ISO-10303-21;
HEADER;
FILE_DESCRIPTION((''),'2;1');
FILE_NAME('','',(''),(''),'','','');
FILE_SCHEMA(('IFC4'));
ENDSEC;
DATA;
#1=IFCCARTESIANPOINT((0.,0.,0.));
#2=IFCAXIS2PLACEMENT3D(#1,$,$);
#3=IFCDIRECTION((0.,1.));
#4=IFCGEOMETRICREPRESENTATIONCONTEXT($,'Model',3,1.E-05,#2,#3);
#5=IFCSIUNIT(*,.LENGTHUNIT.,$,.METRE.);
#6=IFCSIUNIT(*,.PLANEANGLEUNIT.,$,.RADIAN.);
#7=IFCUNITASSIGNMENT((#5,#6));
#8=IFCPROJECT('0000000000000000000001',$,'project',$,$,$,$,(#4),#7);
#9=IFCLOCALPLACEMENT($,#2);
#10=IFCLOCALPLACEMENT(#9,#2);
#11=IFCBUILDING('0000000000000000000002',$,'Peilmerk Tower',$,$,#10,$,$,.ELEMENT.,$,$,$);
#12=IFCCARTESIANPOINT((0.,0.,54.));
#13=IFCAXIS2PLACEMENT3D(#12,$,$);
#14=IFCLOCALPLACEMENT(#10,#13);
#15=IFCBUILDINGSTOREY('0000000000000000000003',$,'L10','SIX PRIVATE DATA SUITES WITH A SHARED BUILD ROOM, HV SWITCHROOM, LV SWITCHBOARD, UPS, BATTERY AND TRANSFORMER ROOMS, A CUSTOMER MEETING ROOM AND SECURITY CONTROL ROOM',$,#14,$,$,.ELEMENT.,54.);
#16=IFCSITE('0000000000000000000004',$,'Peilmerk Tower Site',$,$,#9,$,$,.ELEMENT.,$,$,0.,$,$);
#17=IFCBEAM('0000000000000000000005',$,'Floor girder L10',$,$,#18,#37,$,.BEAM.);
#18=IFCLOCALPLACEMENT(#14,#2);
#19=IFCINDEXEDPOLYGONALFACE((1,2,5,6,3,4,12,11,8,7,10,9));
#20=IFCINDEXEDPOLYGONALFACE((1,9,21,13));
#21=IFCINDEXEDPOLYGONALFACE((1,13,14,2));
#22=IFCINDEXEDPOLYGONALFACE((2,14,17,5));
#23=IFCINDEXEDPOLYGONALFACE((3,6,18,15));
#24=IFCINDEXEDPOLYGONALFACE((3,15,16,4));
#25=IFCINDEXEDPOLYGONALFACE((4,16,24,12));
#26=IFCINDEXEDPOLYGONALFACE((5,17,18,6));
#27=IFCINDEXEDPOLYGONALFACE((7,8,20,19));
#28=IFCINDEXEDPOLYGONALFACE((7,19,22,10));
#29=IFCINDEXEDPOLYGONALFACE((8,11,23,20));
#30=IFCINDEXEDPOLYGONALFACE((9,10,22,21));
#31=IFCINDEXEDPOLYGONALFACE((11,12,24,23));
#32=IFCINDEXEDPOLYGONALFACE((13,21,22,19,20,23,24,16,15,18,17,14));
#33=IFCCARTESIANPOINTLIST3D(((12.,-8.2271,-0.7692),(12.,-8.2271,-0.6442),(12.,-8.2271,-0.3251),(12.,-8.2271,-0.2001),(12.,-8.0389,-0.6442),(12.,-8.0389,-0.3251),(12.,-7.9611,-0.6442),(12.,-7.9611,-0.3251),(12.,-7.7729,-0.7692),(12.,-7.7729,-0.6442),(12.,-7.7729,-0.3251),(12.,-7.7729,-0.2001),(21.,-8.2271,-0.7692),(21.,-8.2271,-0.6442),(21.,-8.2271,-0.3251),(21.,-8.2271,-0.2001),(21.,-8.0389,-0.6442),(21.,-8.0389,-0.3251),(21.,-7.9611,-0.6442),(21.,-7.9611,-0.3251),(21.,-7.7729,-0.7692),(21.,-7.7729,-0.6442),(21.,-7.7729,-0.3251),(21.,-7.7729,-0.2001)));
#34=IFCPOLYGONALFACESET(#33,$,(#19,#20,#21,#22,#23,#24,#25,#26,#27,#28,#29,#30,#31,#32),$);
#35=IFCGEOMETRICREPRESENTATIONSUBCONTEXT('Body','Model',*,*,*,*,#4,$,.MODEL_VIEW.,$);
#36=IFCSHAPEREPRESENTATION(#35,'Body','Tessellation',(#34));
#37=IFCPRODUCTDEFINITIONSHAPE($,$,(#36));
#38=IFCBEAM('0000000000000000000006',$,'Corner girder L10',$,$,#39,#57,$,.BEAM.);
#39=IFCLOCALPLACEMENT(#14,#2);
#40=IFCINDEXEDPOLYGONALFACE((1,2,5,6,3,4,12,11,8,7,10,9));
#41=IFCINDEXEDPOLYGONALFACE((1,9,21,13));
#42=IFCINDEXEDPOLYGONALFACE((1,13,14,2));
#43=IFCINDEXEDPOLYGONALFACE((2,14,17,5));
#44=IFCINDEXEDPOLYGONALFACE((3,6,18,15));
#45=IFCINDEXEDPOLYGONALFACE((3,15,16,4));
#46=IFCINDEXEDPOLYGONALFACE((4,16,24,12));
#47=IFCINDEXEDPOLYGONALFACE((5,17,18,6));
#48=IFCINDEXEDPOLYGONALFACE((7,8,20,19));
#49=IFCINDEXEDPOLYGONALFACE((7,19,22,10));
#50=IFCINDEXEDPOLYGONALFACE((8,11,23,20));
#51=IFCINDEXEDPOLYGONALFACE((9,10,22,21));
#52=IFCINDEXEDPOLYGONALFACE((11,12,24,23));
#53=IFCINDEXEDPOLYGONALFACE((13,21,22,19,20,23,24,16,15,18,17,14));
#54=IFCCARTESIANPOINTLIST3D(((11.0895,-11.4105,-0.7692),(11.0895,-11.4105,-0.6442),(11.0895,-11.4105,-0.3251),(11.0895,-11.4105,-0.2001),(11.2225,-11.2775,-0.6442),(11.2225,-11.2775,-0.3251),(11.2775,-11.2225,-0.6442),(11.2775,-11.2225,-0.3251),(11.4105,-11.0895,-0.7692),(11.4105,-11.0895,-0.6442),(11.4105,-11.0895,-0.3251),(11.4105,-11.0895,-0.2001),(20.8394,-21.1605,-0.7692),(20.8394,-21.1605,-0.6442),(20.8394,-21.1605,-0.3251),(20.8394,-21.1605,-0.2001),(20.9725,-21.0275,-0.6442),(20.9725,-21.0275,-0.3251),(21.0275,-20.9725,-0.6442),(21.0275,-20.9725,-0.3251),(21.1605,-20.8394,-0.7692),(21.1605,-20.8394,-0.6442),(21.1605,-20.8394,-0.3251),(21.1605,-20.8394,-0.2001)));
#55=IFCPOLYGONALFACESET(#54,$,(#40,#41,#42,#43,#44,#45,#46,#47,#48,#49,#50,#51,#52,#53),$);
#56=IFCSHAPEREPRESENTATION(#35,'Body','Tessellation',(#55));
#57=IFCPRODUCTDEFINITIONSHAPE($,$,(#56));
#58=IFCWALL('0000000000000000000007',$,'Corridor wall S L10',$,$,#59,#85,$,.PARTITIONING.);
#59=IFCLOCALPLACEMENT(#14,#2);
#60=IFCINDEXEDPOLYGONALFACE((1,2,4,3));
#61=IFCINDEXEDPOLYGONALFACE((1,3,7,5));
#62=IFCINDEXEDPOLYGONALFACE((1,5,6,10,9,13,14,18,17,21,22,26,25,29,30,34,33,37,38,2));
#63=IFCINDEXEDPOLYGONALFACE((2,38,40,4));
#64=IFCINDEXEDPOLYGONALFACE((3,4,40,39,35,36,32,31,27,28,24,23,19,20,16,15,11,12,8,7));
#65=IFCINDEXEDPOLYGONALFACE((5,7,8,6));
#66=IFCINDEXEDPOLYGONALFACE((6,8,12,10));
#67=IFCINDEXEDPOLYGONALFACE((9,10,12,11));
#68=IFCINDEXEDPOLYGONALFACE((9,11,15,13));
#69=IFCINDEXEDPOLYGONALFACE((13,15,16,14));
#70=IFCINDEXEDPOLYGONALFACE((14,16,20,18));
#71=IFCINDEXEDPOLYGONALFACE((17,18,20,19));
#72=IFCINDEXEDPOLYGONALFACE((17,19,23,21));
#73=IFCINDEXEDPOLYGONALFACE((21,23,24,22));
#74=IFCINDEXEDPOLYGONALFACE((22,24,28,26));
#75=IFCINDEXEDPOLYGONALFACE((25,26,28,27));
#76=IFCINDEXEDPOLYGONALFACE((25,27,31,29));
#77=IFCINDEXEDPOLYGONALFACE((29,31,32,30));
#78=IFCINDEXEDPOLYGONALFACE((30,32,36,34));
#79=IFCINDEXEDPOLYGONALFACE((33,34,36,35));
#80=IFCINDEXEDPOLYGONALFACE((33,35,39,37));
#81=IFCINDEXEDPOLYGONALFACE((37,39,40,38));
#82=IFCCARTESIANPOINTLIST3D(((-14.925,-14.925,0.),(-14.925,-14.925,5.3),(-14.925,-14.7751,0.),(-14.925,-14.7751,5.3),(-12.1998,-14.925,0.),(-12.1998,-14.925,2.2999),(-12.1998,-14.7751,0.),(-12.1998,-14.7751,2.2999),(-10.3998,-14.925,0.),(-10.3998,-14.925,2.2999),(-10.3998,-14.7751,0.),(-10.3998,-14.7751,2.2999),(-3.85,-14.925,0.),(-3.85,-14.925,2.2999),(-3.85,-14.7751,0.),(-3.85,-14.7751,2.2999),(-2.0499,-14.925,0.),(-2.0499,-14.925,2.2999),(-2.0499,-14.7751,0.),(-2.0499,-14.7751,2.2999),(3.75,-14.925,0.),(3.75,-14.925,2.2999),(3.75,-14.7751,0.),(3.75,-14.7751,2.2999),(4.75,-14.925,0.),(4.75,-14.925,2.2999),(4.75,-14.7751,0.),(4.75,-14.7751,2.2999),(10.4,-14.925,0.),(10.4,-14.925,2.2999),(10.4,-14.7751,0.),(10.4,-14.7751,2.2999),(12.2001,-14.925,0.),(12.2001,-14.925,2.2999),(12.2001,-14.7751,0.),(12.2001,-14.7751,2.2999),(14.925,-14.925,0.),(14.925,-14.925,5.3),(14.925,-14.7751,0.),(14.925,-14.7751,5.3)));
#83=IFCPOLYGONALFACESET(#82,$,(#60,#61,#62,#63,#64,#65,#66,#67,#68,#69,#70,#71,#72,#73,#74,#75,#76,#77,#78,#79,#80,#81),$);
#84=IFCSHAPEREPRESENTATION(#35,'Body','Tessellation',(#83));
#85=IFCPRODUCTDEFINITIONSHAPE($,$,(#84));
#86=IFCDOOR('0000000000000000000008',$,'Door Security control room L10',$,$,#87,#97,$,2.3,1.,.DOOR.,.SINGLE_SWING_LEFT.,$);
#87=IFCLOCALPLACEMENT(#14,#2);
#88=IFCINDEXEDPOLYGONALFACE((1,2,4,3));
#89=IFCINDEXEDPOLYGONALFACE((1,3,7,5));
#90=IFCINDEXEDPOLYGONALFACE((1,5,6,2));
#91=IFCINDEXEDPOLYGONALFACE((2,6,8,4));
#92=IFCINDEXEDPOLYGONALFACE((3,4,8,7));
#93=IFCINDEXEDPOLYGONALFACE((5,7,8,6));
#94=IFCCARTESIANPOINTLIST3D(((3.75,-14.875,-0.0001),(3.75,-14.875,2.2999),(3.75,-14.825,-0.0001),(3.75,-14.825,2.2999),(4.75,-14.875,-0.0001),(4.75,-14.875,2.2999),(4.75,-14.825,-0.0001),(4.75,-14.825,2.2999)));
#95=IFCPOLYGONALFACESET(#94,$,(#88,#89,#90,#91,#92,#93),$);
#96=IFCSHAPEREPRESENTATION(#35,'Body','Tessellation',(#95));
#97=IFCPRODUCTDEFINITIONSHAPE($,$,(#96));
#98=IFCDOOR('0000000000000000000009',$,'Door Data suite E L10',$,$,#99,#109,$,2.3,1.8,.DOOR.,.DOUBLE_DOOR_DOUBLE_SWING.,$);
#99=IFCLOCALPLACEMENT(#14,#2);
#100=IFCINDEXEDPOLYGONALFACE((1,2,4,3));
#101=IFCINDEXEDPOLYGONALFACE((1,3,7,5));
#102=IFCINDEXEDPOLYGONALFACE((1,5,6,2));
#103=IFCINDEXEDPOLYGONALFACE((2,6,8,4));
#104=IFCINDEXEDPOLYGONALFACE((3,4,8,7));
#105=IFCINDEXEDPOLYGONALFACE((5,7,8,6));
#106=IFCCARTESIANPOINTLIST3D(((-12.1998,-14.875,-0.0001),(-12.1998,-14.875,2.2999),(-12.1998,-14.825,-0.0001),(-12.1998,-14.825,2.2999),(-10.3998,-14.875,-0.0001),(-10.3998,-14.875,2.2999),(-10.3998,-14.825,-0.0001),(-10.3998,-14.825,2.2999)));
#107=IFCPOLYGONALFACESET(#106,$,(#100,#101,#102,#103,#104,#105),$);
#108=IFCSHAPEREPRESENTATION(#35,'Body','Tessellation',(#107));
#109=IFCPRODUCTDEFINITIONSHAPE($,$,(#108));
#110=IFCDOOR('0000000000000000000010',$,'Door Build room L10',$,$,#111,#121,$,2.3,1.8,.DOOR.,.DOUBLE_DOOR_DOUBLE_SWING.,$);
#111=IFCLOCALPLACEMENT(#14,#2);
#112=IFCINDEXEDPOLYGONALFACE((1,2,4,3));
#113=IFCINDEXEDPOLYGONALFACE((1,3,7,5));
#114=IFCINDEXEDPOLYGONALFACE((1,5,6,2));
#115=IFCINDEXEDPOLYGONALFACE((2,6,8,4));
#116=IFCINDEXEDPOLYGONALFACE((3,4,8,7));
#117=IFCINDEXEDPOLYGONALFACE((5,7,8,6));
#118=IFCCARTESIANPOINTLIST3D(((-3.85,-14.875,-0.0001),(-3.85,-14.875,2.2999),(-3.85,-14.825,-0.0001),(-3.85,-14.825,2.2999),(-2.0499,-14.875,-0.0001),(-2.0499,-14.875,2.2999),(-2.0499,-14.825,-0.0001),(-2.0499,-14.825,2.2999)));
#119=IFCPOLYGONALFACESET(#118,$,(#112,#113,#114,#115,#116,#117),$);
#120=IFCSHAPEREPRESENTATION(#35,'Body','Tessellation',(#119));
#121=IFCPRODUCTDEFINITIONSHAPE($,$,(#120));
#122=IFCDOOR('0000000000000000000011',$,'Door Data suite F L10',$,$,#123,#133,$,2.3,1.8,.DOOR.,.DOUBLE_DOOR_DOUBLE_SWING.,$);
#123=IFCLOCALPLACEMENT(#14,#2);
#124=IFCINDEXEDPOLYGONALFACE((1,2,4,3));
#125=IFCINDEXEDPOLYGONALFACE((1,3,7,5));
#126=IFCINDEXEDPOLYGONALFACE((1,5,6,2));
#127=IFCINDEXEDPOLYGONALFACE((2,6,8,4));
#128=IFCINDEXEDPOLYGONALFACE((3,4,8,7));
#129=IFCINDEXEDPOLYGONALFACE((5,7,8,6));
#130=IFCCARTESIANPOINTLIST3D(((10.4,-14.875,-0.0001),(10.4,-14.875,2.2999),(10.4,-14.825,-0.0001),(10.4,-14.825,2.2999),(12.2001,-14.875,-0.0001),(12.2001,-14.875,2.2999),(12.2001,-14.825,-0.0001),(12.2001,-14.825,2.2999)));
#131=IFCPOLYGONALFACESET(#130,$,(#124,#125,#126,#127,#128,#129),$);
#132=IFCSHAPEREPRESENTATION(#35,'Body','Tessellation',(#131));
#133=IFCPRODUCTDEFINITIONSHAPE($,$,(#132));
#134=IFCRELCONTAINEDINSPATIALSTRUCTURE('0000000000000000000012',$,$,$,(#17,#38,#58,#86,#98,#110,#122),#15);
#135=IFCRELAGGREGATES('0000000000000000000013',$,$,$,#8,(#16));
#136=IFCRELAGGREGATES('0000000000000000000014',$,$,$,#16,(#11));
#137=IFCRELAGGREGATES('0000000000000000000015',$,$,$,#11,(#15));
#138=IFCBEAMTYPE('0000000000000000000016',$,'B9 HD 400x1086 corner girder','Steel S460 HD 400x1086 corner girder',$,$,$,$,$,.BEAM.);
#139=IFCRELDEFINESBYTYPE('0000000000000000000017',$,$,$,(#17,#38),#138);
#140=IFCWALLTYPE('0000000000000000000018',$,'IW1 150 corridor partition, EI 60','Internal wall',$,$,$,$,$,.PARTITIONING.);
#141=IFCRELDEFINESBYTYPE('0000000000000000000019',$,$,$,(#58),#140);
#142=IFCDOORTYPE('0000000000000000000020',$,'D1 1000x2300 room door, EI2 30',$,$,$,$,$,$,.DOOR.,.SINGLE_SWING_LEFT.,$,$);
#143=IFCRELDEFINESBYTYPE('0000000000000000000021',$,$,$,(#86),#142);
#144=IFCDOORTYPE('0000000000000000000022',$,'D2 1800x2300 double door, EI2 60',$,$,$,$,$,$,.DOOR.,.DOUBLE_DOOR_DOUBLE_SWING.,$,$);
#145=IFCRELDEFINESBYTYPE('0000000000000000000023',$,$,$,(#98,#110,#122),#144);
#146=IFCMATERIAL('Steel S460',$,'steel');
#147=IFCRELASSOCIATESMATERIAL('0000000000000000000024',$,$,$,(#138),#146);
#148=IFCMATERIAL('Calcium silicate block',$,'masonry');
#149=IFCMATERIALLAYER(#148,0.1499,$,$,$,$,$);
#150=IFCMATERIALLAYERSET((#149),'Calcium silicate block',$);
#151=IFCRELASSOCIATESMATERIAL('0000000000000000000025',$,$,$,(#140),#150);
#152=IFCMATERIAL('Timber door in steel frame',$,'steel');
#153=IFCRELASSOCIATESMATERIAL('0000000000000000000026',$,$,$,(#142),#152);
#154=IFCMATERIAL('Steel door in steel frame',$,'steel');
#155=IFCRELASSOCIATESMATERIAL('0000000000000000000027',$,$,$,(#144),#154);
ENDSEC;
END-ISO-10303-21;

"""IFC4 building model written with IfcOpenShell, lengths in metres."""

from ifc_helpers import new_model, si_unit, direction, frame, frame_2d, origin, origin_2d, place, context, subcontext, project, spatial, rectangle, i_section, extrude, material, layer, layer_set, material_profile, profile_set, type_object, element, fill, save


model = new_model("IFC4")

# Units and contexts
model_context = context("Model", 3, precision=1e-05, world=origin(), true_north=direction((0.0, 1.0)))
body_context = subcontext(model_context, "Body", "Model", "MODEL_VIEW")
ifc_project = project(units=[si_unit("LENGTHUNIT", "METRE"), si_unit("PLANEANGLEUNIT", "RADIAN")], contexts=[model_context])

# Site, building, storey
site_placement = place(None, origin())
site = spatial("IfcSite", under=ifc_project, at=site_placement, Name="Peilmerk Tower Site", CompositionType="ELEMENT", RefElevation=0.0)
building_placement = place(site_placement, origin())
building = spatial("IfcBuilding", under=site, at=building_placement, Name="Peilmerk Tower", CompositionType="ELEMENT")
storey_placement = place(building_placement, frame((0.0, 0.0, 54.0)))
storey = spatial("IfcBuildingStorey", under=building, at=storey_placement, Name="L10", Description="SIX PRIVATE DATA SUITES WITH A SHARED BUILD ROOM, HV SWITCHROOM, LV SWITCHBOARD, UPS, BATTERY AND TRANSFORMER ROOMS, A CUSTOMER MEETING ROOM AND SECURITY CONTROL ROOM", CompositionType="ELEMENT", Elevation=54.0)

# Beams
ifc_material_1 = material(Name="Steel S460", Category="steel")
ifc_material_profile_1 = material_profile(ifc_material_1, i_section(OverallWidth=0.4541, OverallDepth=0.5691, WebThickness=0.0779, FlangeThickness=0.125, at=origin_2d()), Name="HD 400x1086")
ifc_profile_set_1 = profile_set([ifc_material_profile_1], Name="Steel S460")
beam_type_1 = type_object("IfcBeamType", Name="B9 HD 400x1086 corner girder", Description="Steel S460 HD 400x1086 corner girder", PredefinedType="BEAM", material=ifc_profile_set_1)
beam_1_placement = place(storey_placement, frame((12.0, -8.0, -0.4846), z_axis=(1.0, 0.0, 0.0), x_axis=(0.0, 1.0, 0.0)))
element("IfcBeam", 1, at=beam_1_placement, inside=storey, type_object=beam_type_1, Name="Floor girder L10", PredefinedType="BEAM", context=body_context, shape_type="SweptSolid", body=[
    extrude(i_section(OverallWidth=0.4541, OverallDepth=0.5691, WebThickness=0.0779, FlangeThickness=0.125, at=origin_2d()), origin(), (0.0, 0.0, 1.0), 9.0),
])
beam_2_placement = place(storey_placement, frame((11.25, -11.25, -0.4846), z_axis=(0.707107, -0.707107, 0.0), x_axis=(0.707107, 0.707107, 0.0)))
element("IfcBeam", 2, at=beam_2_placement, inside=storey, type_object=beam_type_1, Name="Corner girder L10", PredefinedType="BEAM", context=body_context, shape_type="SweptSolid", body=[
    extrude(i_section(OverallWidth=0.4541, OverallDepth=0.5691, WebThickness=0.0779, FlangeThickness=0.125, at=origin_2d()), origin(), (0.0, 0.0, 1.0), 13.7886),
])

# Wall, openings, doors
ifc_material_2 = material(Name="Calcium silicate block", Category="masonry")
ifc_layer_1 = layer(ifc_material_2, 0.1499)
ifc_layer_set_1 = layer_set([ifc_layer_1], Name="Calcium silicate block")
wall_type_1 = type_object("IfcWallType", Name="IW1 150 corridor partition, EI 60", Description="Internal wall", PredefinedType="PARTITIONING", material=ifc_layer_set_1)
wall_1_placement = place(storey_placement, frame((14.925, -14.8501, 0.0), z_axis=(0.0, 0.0, 1.0), x_axis=(-1.0, 0.0, 0.0)))
wall_1 = element("IfcWall", 3, at=wall_1_placement, inside=storey, type_object=wall_type_1, Name="Corridor wall S L10", PredefinedType="PARTITIONING", context=body_context, shape_type="SweptSolid", body=[
    extrude(rectangle(XDim=29.8501, YDim=0.1499, at=frame_2d((14.925, 0.0))), origin(), (0.0, 0.0, 1.0), 5.3),
])
opening_1_placement = place(wall_1_placement, frame((25.325, 0.0, 0.0)))
opening_1 = element("IfcOpeningElement", 4, at=opening_1_placement, cuts=wall_1, PredefinedType="OPENING", context=body_context, shape_type="SweptSolid", body=[
    extrude(rectangle(XDim=1.8, YDim=2.3, at=frame_2d((0.8999, 1.1499))), frame((0.0, 0.085, 0.0), z_axis=(0.0, -1.0, 0.0), x_axis=(1.0, 0.0, 0.0)), (0.0, 0.0, 1.0), 0.1699),
])
opening_2_placement = place(wall_1_placement, frame((16.9751, 0.0, 0.0)))
opening_2 = element("IfcOpeningElement", 5, at=opening_2_placement, cuts=wall_1, PredefinedType="OPENING", context=body_context, shape_type="SweptSolid", body=[
    extrude(rectangle(XDim=1.8, YDim=2.3, at=frame_2d((0.8999, 1.1499))), frame((0.0, 0.085, 0.0), z_axis=(0.0, -1.0, 0.0), x_axis=(1.0, 0.0, 0.0)), (0.0, 0.0, 1.0), 0.1699),
])
opening_3_placement = place(wall_1_placement, frame((2.7251, 0.0, 0.0)))
opening_3 = element("IfcOpeningElement", 6, at=opening_3_placement, cuts=wall_1, PredefinedType="OPENING", context=body_context, shape_type="SweptSolid", body=[
    extrude(rectangle(XDim=1.8, YDim=2.3, at=frame_2d((0.8999, 1.1499))), frame((0.0, 0.085, 0.0), z_axis=(0.0, -1.0, 0.0), x_axis=(1.0, 0.0, 0.0)), (0.0, 0.0, 1.0), 0.1699),
])
opening_4_placement = place(wall_1_placement, frame((10.175, 0.0, 0.0)))
opening_4 = element("IfcOpeningElement", 7, at=opening_4_placement, cuts=wall_1, PredefinedType="OPENING", context=body_context, shape_type="SweptSolid", body=[
    extrude(rectangle(XDim=1.0, YDim=2.3, at=frame_2d((0.5, 1.1499))), frame((0.0, 0.085, 0.0), z_axis=(0.0, -1.0, 0.0), x_axis=(1.0, 0.0, 0.0)), (0.0, 0.0, 1.0), 0.1699),
])
ifc_material_3 = material(Name="Timber door in steel frame", Category="steel")
door_type_1 = type_object("IfcDoorType", Name="D1 1000x2300 room door, EI2 30", OperationType="SINGLE_SWING_LEFT", PredefinedType="DOOR", material=ifc_material_3)
door_1_placement = place(opening_4_placement, origin())
door_1 = element("IfcDoor", 8, at=door_1_placement, inside=storey, type_object=door_type_1, Name="Door Security control room L10", OperationType="SINGLE_SWING_LEFT", OverallHeight=2.3, OverallWidth=1.0, PredefinedType="DOOR", context=body_context, shape_type="SweptSolid", body=[
    extrude(rectangle(XDim=1.0, YDim=2.3, at=frame_2d((0.5, 1.1499))), frame((0.0, 0.0249, 0.0), z_axis=(0.0, -1.0, 0.0), x_axis=(1.0, 0.0, 0.0)), (0.0, 0.0, 1.0), 0.05),
])
fill(opening_4, door_1)
ifc_material_4 = material(Name="Steel door in steel frame", Category="steel")
door_type_2 = type_object("IfcDoorType", Name="D2 1800x2300 double door, EI2 60", OperationType="DOUBLE_DOOR_DOUBLE_SWING", PredefinedType="DOOR", material=ifc_material_4)
door_2_placement = place(opening_1_placement, origin())
door_2 = element("IfcDoor", 9, at=door_2_placement, inside=storey, type_object=door_type_2, Name="Door Data suite E L10", OperationType="DOUBLE_DOOR_DOUBLE_SWING", OverallHeight=2.3, OverallWidth=1.8, PredefinedType="DOOR", context=body_context, shape_type="SweptSolid", body=[
    extrude(rectangle(XDim=1.8, YDim=2.3, at=frame_2d((0.8999, 1.1499))), frame((0.0, 0.0249, 0.0), z_axis=(0.0, -1.0, 0.0), x_axis=(1.0, 0.0, 0.0)), (0.0, 0.0, 1.0), 0.05),
])
fill(opening_1, door_2)
door_3_placement = place(opening_2_placement, origin())
door_3 = element("IfcDoor", 10, at=door_3_placement, inside=storey, type_object=door_type_2, Name="Door Build room L10", OperationType="DOUBLE_DOOR_DOUBLE_SWING", OverallHeight=2.3, OverallWidth=1.8, PredefinedType="DOOR", context=body_context, shape_type="SweptSolid", body=[
    extrude(rectangle(XDim=1.8, YDim=2.3, at=frame_2d((0.8999, 1.1499))), frame((0.0, 0.0249, 0.0), z_axis=(0.0, -1.0, 0.0), x_axis=(1.0, 0.0, 0.0)), (0.0, 0.0, 1.0), 0.05),
])
fill(opening_2, door_3)
door_4_placement = place(opening_3_placement, origin())
door_4 = element("IfcDoor", 11, at=door_4_placement, inside=storey, type_object=door_type_2, Name="Door Data suite F L10", OperationType="DOUBLE_DOOR_DOUBLE_SWING", OverallHeight=2.3, OverallWidth=1.8, PredefinedType="DOOR", context=body_context, shape_type="SweptSolid", body=[
    extrude(rectangle(XDim=1.8, YDim=2.3, at=frame_2d((0.8999, 1.1499))), frame((0.0, 0.0249, 0.0), z_axis=(0.0, -1.0, 0.0), x_axis=(1.0, 0.0, 0.0)), (0.0, 0.0, 1.0), 0.05),
])
fill(opening_3, door_4)

save(model, "model.ifc")
